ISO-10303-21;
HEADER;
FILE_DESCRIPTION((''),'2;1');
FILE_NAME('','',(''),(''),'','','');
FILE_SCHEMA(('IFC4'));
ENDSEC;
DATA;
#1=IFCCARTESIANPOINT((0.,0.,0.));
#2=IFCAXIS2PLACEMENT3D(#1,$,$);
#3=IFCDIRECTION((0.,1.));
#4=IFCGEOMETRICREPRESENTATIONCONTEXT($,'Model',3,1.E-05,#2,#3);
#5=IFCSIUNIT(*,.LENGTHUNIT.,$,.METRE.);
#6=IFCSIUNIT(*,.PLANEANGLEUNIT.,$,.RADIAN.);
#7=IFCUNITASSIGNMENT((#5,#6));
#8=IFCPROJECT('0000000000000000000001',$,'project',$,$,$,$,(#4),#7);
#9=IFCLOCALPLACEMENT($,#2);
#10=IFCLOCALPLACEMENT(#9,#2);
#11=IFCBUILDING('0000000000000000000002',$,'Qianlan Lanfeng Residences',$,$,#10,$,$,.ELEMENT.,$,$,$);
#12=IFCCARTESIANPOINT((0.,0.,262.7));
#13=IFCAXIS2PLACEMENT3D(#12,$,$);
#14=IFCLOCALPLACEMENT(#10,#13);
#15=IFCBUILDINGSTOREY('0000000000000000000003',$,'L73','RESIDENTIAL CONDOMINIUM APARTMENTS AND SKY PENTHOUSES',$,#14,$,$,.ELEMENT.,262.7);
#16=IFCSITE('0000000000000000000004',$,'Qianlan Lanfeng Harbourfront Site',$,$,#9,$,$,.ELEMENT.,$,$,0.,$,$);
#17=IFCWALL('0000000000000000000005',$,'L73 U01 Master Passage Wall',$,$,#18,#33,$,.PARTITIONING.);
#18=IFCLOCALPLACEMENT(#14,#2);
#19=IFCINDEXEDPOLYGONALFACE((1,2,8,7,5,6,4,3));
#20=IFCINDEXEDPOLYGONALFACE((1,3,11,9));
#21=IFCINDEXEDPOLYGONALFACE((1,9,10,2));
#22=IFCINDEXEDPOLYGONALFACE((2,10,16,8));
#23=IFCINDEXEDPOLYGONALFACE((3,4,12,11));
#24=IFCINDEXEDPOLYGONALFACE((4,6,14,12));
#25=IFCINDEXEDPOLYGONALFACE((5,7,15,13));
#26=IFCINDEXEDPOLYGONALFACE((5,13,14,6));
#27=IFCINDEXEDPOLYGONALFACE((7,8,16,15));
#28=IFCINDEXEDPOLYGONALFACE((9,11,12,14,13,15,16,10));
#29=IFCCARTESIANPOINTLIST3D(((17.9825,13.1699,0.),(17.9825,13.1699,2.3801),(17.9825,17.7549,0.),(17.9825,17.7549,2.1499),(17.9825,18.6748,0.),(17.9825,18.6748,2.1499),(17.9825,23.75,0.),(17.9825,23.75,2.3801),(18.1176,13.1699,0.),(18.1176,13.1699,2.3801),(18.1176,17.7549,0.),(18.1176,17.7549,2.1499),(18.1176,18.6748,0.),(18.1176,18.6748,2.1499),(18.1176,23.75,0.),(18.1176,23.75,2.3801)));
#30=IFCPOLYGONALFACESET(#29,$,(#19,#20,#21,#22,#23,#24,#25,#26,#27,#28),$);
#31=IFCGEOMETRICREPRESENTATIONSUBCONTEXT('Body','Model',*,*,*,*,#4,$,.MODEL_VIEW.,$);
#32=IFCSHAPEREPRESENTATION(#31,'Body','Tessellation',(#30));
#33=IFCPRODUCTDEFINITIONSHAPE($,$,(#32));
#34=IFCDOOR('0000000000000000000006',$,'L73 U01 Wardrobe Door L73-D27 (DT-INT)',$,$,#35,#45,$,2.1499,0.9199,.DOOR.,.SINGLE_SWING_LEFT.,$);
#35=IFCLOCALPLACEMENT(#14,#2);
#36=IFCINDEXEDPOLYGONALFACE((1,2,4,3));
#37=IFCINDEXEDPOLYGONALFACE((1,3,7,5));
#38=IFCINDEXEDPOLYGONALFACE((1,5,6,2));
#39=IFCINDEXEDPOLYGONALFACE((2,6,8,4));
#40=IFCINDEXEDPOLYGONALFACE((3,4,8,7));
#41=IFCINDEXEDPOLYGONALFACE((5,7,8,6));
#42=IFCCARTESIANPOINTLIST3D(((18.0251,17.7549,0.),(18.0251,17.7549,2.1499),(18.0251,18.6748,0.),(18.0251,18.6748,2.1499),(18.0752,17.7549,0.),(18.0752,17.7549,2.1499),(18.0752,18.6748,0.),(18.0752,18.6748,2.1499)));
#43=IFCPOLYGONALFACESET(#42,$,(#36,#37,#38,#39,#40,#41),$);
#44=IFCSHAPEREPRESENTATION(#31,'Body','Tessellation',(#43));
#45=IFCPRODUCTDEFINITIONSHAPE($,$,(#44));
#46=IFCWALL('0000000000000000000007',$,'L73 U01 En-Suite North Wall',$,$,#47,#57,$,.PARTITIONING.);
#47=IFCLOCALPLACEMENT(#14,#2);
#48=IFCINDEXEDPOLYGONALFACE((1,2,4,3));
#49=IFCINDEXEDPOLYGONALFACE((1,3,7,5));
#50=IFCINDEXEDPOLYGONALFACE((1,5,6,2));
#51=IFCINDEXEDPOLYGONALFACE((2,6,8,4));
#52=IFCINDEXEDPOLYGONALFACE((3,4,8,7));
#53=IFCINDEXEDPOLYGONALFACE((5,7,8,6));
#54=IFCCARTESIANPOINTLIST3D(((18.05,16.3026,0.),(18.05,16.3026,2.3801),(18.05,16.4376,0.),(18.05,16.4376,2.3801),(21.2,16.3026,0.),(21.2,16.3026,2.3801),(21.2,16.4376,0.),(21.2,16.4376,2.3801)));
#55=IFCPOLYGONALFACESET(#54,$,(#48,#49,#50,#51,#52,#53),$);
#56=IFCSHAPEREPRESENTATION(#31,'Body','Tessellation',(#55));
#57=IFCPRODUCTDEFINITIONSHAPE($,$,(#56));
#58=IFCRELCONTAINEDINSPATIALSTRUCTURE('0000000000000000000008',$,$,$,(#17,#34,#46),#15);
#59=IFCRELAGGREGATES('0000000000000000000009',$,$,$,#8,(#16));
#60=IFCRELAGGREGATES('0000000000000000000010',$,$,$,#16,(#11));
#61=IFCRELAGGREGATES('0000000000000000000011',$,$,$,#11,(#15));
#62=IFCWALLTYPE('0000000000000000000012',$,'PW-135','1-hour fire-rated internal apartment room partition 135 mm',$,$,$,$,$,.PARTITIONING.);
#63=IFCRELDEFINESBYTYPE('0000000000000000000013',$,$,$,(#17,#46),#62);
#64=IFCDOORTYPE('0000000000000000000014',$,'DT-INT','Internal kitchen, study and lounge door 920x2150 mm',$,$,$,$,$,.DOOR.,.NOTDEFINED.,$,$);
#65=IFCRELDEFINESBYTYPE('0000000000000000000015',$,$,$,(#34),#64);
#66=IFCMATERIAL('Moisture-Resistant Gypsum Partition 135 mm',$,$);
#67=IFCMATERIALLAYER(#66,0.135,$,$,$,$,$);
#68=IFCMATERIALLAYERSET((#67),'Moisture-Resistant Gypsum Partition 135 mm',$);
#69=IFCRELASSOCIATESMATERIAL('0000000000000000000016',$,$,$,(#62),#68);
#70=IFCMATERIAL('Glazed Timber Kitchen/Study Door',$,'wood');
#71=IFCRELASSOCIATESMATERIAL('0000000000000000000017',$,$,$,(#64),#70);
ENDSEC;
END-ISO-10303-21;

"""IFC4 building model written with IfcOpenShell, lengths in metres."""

from ifc_helpers import new_model, si_unit, direction, frame, frame_2d, origin, place, context, subcontext, project, spatial, rectangle, extrude, material, layer, layer_set, type_object, element, fill, save


model = new_model("IFC4")

# Units and contexts
model_context = context("Model", 3, precision=1e-05, world=origin(), true_north=direction((0.0, 1.0)))
body_context = subcontext(model_context, "Body", "Model", "MODEL_VIEW")
ifc_project = project(units=[si_unit("LENGTHUNIT", "METRE"), si_unit("PLANEANGLEUNIT", "RADIAN")], contexts=[model_context])

# Site, building, storey
site_placement = place(None, origin())
site = spatial("IfcSite", under=ifc_project, at=site_placement, Name="Qianlan Lanfeng Harbourfront Site", CompositionType="ELEMENT", RefElevation=0.0)
building_placement = place(site_placement, origin())
building = spatial("IfcBuilding", under=site, at=building_placement, Name="Qianlan Lanfeng Residences", CompositionType="ELEMENT")
storey_placement = place(building_placement, frame((0.0, 0.0, 262.7)))
storey = spatial("IfcBuildingStorey", under=building, at=storey_placement, Name="L73", Description="RESIDENTIAL CONDOMINIUM APARTMENTS AND SKY PENTHOUSES", CompositionType="ELEMENT", Elevation=262.7)

# Shared definitions
ifc_material_1 = material(Name="Moisture-Resistant Gypsum Partition 135 mm")
ifc_layer_1 = layer(ifc_material_1, 0.135)
ifc_layer_set_1 = layer_set([ifc_layer_1], Name="Moisture-Resistant Gypsum Partition 135 mm")
wall_type = type_object("IfcWallType", Name="PW-135", Description="1-hour fire-rated internal apartment room partition 135 mm", PredefinedType="PARTITIONING", material=ifc_layer_set_1)
ifc_material_2 = material(Name="Glazed Timber Kitchen/Study Door", Category="wood")
door_type_1 = type_object("IfcDoorType", Name="DT-INT", Description="Internal kitchen, study and lounge door 920x2150 mm", OperationType="NOTDEFINED", PredefinedType="DOOR", material=ifc_material_2)

# Wall, opening, door
wall_1_placement = place(storey_placement, frame((18.05, 13.1699, 0.0), z_axis=(0.0, 0.0, 1.0), x_axis=(0.0, 1.0, 0.0)))
wall_1 = element("IfcWall", 1, at=wall_1_placement, inside=storey, type_object=wall_type, Name="L73 U01 Master Passage Wall", PredefinedType="PARTITIONING", context=body_context, shape_type="SweptSolid", body=[
    extrude(rectangle(XDim=10.5801, YDim=0.135, at=frame_2d((5.29, 0.0))), origin(), (0.0, 0.0, 1.0), 2.3801),
])
opening_1_placement = place(wall_1_placement, frame((4.585, 0.0, 0.0)))
opening_1 = element("IfcOpeningElement", 2, at=opening_1_placement, cuts=wall_1, PredefinedType="OPENING", context=body_context, shape_type="SweptSolid", body=[
    extrude(rectangle(XDim=0.9199, YDim=2.1499, at=frame_2d((0.46, 1.075))), frame((0.0, 0.0776, 0.0), z_axis=(0.0, -1.0, 0.0), x_axis=(1.0, 0.0, 0.0)), (0.0, 0.0, 1.0), 0.155),
])
door_1_placement = place(opening_1_placement, origin())
door_1 = element("IfcDoor", 3, at=door_1_placement, inside=storey, type_object=door_type_1, Name="L73 U01 Wardrobe Door L73-D27 (DT-INT)", OperationType="SINGLE_SWING_LEFT", OverallHeight=2.1499, OverallWidth=0.9199, PredefinedType="DOOR", context=body_context, shape_type="SweptSolid", body=[
    extrude(rectangle(XDim=0.9199, YDim=2.1499, at=frame_2d((0.46, 1.075))), frame((0.0, 0.0249, 0.0), z_axis=(0.0, -1.0, 0.0), x_axis=(1.0, 0.0, 0.0)), (0.0, 0.0, 1.0), 0.05),
])
fill(opening_1, door_1)

# Wall
wall_2_placement = place(storey_placement, frame((18.05, 16.3701, 0.0), z_axis=(0.0, 0.0, 1.0), x_axis=(1.0, 0.0, 0.0)))
element("IfcWall", 4, at=wall_2_placement, inside=storey, type_object=wall_type, Name="L73 U01 En-Suite North Wall", PredefinedType="PARTITIONING", context=body_context, shape_type="SweptSolid", body=[
    extrude(rectangle(XDim=3.1499, YDim=0.135, at=frame_2d((1.575, 0.0))), origin(), (0.0, 0.0, 1.0), 2.3801),
])

save(model, "model.ifc")
